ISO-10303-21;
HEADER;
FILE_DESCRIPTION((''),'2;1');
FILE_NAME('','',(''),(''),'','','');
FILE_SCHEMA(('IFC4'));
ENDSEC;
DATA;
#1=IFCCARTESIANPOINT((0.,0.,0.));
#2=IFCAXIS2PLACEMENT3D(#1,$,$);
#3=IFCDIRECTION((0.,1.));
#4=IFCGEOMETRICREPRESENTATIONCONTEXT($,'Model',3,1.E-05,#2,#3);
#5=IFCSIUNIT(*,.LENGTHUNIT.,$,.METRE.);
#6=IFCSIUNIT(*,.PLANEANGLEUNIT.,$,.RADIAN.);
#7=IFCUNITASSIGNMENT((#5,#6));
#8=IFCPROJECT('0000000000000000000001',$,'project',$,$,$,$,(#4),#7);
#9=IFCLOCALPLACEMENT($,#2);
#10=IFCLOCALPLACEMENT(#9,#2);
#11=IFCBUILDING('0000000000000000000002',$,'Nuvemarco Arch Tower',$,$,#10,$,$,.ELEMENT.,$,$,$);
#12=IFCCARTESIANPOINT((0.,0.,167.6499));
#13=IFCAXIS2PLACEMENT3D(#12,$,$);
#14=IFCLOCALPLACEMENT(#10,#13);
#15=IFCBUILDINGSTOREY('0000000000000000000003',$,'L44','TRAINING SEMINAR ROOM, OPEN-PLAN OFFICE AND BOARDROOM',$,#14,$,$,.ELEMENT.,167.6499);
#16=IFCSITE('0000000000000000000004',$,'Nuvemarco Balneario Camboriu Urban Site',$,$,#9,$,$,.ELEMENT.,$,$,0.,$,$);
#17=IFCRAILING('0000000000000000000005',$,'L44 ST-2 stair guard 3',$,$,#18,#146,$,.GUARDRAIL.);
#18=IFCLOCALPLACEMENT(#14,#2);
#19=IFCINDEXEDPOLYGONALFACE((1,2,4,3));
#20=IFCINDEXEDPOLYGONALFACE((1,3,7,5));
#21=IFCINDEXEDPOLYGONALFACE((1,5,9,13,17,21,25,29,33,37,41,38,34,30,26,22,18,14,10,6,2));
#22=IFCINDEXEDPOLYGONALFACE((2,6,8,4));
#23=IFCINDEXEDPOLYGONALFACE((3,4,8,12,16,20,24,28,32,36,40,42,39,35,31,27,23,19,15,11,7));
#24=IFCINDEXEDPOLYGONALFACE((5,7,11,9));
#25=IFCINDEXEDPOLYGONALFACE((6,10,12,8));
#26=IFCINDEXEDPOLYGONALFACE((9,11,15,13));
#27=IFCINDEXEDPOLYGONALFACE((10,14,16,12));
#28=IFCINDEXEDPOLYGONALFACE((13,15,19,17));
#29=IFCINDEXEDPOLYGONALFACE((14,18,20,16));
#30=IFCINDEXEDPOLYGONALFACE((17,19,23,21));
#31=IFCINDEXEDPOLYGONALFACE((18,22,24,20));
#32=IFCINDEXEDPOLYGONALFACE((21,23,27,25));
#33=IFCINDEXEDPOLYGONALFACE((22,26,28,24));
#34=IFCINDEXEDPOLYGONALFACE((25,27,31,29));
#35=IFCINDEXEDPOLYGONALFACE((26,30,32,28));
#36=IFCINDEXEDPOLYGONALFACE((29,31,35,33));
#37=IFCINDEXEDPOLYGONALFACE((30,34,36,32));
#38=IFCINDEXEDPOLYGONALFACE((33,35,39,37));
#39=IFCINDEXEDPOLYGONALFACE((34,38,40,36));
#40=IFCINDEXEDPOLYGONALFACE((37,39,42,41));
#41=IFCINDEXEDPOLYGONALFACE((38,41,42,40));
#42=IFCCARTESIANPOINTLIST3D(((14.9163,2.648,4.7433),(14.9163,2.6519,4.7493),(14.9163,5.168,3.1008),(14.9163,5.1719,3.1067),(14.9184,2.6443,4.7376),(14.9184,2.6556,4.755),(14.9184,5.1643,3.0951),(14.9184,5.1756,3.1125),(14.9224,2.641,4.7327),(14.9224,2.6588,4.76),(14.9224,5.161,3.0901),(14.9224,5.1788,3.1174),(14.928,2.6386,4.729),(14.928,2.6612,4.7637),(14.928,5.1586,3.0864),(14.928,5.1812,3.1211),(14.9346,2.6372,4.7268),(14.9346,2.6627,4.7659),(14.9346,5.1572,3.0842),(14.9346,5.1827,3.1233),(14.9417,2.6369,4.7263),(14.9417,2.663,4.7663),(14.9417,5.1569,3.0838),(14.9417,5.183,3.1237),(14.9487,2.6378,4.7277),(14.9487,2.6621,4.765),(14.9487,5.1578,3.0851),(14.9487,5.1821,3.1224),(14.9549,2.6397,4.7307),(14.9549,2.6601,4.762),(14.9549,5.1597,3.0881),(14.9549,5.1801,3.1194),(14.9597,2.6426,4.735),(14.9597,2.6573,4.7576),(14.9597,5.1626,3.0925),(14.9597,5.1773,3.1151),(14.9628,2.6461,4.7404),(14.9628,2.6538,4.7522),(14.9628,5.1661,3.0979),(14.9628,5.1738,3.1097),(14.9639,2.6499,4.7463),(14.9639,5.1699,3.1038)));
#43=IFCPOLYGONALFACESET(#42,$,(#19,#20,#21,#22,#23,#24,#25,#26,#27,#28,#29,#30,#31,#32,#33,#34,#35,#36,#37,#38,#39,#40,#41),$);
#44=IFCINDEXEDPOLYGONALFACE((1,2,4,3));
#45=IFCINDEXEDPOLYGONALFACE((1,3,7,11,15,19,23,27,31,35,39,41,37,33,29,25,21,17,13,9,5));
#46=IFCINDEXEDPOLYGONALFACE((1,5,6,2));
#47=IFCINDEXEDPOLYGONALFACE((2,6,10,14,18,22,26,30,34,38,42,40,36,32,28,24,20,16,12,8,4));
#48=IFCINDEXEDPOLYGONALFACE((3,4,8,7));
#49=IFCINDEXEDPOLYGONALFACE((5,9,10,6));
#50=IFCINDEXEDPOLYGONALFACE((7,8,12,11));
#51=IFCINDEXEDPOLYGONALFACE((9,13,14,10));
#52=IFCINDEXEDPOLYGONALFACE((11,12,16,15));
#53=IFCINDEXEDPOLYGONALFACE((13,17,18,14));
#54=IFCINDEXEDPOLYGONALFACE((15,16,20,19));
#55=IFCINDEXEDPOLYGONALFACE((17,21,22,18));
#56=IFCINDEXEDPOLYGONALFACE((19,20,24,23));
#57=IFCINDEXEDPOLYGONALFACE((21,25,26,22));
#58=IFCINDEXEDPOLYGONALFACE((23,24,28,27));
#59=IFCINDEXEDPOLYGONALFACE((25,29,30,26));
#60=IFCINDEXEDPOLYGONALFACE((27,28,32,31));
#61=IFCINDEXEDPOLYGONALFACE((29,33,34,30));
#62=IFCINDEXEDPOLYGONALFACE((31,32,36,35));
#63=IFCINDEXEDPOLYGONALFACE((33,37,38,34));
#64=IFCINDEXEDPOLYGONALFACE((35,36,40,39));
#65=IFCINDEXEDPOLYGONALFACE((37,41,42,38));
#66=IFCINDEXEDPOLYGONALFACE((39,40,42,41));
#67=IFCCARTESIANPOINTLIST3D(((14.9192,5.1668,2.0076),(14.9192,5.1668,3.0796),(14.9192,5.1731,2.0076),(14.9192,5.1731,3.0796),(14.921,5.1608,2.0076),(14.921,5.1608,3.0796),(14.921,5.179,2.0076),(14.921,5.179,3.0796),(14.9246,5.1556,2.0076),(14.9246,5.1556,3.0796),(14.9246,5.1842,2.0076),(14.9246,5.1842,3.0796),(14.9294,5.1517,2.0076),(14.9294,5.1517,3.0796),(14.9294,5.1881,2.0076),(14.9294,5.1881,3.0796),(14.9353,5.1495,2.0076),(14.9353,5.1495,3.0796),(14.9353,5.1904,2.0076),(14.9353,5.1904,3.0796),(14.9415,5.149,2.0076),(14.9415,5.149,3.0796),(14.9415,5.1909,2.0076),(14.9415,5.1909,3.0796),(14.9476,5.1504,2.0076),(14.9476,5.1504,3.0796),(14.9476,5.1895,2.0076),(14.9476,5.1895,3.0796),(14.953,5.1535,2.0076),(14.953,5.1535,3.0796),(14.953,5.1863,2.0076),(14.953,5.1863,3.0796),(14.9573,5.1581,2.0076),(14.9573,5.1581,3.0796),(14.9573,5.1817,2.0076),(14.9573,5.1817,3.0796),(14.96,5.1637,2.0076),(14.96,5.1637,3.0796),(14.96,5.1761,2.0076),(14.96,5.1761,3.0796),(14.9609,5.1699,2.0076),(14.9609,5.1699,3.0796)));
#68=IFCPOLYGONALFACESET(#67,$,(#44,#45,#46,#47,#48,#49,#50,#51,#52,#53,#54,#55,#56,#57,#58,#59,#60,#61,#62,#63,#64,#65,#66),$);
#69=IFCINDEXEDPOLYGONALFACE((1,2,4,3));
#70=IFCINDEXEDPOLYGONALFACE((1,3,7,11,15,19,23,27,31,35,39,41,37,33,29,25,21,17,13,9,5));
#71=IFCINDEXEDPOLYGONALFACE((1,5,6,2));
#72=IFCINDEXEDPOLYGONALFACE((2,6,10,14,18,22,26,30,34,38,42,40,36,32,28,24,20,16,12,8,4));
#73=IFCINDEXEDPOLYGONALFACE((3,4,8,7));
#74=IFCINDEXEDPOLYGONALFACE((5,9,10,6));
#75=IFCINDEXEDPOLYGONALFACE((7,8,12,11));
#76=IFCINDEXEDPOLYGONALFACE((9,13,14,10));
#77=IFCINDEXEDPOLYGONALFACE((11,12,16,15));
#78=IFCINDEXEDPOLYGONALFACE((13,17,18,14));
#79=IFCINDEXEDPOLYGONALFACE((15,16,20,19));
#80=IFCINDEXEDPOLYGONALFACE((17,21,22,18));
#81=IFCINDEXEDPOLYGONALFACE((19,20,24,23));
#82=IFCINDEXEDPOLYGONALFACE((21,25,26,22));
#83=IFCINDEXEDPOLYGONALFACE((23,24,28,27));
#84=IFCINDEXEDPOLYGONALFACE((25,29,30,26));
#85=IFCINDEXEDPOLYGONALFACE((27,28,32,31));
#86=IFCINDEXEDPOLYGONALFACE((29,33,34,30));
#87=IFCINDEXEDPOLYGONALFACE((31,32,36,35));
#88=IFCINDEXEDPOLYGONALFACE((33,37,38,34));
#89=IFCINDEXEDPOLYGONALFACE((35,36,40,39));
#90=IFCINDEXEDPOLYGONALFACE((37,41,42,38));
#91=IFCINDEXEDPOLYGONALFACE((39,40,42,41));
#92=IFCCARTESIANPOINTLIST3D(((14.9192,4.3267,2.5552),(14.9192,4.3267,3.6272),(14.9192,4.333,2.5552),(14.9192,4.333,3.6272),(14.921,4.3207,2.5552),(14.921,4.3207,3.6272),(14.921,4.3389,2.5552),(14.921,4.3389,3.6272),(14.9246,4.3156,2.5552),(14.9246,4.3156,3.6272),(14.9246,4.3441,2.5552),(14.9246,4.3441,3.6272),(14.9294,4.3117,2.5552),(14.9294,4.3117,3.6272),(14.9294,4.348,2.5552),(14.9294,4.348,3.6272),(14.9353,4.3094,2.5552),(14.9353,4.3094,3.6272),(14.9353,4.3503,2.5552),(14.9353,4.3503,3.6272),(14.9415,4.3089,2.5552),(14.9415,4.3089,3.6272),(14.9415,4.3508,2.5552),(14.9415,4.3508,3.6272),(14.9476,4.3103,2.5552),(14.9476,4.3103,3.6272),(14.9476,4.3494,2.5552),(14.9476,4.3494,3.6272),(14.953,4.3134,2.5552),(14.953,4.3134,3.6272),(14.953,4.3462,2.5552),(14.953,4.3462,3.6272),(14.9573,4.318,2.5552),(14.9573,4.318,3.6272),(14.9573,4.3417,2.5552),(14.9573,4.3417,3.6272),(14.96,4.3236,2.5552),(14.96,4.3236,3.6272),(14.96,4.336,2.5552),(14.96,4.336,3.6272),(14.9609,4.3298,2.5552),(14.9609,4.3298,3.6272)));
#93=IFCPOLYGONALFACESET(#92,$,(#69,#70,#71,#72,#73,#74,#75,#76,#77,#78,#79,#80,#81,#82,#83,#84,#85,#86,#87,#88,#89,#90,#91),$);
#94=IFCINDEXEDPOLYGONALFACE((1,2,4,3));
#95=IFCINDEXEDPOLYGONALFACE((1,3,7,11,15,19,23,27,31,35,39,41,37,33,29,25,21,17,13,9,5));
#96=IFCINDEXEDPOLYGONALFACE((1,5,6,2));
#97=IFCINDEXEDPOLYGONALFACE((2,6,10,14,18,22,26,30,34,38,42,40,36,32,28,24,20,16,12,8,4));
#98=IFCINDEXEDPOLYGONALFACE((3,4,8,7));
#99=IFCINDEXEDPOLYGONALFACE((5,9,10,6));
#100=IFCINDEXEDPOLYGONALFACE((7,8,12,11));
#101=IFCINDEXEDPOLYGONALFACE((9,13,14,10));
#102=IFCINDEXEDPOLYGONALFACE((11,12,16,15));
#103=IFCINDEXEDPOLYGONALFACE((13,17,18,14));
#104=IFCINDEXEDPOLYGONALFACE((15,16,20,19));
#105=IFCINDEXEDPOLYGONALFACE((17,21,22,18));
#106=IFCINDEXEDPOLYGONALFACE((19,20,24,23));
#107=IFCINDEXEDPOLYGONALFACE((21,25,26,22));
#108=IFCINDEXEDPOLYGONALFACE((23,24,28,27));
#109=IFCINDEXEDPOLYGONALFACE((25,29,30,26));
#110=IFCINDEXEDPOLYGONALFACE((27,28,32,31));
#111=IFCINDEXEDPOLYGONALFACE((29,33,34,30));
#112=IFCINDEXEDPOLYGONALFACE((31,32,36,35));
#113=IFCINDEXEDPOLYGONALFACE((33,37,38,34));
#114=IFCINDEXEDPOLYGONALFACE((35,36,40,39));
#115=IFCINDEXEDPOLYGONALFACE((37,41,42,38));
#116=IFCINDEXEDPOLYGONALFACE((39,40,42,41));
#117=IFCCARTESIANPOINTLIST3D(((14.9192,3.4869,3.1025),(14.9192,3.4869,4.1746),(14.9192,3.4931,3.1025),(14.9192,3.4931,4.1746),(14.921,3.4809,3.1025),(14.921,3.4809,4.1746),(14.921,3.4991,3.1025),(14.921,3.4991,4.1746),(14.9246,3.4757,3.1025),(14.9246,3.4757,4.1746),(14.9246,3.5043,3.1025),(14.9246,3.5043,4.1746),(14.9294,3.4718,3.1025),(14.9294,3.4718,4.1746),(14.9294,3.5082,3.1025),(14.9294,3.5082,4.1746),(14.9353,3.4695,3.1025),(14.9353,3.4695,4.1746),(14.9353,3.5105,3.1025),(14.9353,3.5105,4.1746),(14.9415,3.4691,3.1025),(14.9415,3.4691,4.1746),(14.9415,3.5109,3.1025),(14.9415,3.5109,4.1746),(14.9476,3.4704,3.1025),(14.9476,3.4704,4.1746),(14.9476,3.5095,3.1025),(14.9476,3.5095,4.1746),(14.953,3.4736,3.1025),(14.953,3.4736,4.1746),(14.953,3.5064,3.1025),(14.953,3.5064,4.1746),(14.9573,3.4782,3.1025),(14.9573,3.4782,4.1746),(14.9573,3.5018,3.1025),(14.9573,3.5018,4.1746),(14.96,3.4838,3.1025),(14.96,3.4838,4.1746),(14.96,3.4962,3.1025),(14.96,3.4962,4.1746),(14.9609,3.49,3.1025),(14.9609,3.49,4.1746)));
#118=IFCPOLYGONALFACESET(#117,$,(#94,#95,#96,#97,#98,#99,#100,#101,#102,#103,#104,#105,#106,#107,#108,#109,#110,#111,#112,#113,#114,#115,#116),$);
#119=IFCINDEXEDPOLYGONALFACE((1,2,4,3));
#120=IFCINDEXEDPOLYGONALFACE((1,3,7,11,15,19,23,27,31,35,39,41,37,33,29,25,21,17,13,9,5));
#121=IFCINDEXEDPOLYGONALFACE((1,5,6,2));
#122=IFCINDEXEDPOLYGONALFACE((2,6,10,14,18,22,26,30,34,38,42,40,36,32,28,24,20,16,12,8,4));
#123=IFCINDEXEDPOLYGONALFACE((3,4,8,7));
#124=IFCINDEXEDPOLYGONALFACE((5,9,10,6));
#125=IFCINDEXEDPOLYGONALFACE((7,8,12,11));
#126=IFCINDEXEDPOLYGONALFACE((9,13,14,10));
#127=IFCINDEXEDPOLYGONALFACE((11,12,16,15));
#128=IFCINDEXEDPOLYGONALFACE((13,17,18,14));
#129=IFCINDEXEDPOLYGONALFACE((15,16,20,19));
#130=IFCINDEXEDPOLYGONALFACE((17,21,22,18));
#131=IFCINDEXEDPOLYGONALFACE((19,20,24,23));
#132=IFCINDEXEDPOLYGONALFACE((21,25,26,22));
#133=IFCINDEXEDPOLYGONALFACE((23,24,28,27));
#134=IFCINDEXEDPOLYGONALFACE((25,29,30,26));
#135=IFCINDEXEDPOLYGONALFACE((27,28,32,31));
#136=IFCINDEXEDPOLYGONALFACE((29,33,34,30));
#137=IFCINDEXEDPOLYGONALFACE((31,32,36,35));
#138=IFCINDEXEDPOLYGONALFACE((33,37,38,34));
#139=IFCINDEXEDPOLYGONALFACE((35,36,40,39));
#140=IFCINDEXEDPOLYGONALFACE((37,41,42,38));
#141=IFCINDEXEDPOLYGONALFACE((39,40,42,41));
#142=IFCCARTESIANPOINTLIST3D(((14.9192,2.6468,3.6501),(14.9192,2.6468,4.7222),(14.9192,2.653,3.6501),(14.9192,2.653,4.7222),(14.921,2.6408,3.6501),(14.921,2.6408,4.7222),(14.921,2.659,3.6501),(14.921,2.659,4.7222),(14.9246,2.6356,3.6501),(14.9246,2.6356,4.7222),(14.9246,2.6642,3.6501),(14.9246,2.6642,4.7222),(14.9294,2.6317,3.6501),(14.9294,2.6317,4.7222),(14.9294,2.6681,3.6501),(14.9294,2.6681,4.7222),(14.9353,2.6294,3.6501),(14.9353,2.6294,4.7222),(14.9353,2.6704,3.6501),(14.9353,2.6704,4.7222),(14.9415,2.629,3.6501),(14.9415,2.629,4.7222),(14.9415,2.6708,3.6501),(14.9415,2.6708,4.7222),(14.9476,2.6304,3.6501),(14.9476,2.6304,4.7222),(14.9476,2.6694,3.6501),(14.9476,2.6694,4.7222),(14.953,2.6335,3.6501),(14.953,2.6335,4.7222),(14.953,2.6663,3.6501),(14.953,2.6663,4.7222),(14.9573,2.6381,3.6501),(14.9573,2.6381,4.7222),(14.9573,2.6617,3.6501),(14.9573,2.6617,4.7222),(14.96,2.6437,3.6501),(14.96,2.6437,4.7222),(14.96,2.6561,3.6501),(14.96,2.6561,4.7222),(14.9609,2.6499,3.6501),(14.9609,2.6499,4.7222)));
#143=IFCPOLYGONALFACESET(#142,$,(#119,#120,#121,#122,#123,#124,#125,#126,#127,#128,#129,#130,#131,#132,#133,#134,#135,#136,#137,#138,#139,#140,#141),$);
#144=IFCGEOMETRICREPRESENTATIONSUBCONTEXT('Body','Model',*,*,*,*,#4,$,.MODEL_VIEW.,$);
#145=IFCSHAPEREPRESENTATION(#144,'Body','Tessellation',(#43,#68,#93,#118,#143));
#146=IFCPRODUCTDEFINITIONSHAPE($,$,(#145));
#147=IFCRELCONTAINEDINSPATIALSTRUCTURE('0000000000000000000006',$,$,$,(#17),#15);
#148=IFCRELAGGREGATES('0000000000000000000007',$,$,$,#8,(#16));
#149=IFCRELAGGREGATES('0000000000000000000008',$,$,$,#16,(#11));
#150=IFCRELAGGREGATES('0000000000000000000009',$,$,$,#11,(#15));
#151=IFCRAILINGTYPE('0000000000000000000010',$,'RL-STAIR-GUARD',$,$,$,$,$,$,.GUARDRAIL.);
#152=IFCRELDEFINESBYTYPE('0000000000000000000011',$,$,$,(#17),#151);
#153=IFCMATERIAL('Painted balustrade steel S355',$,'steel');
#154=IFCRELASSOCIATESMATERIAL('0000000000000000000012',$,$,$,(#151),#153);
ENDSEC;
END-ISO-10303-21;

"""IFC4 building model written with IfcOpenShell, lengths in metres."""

from ifc_helpers import new_model, si_unit, direction, frame, origin, origin_2d, place, context, subcontext, project, spatial, circle, extrude, material, type_object, element, save


model = new_model("IFC4")

# Units and contexts
model_context = context("Model", 3, precision=1e-05, world=origin(), true_north=direction((0.0, 1.0)))
body_context = subcontext(model_context, "Body", "Model", "MODEL_VIEW")
ifc_project = project(units=[si_unit("LENGTHUNIT", "METRE"), si_unit("PLANEANGLEUNIT", "RADIAN")], contexts=[model_context])

# Site, building, storey
site_placement = place(None, origin())
site = spatial("IfcSite", under=ifc_project, at=site_placement, Name="Nuvemarco Balneario Camboriu Urban Site", CompositionType="ELEMENT", RefElevation=0.0)
building_placement = place(site_placement, origin())
building = spatial("IfcBuilding", under=site, at=building_placement, Name="Nuvemarco Arch Tower", CompositionType="ELEMENT")
storey_placement = place(building_placement, frame((0.0, 0.0, 167.6499)))
storey = spatial("IfcBuildingStorey", under=building, at=storey_placement, Name="L44", Description="TRAINING SEMINAR ROOM, OPEN-PLAN OFFICE AND BOARDROOM", CompositionType="ELEMENT", Elevation=167.6499)

# Railing
ifc_material_1 = material(Name="Painted balustrade steel S355", Category="steel")
railing_type_1 = type_object("IfcRailingType", Name="RL-STAIR-GUARD", PredefinedType="GUARDRAIL", material=ifc_material_1)
railing_1_placement = place(storey_placement, frame((14.9399, 5.1699, 2.0076)))
element("IfcRailing", 1, at=railing_1_placement, inside=storey, type_object=railing_type_1, Name="L44 ST-2 stair guard 3", PredefinedType="GUARDRAIL", context=body_context, shape_type="SweptSolid", body=[
    extrude(circle(Radius=0.0239, at=origin_2d()), frame((0.0, 0.0, 1.0962), z_axis=(0.0, -0.837749, 0.546055), x_axis=(1.0, 0.0, 0.0)), (0.0, 0.0, 1.0), 3.0081),
    extrude(circle(Radius=0.021, at=origin_2d()), origin(), (0.0, 0.0, 1.0), 1.072),
    extrude(circle(Radius=0.021, at=origin_2d()), frame((0.0, -0.8401, 0.5476)), (0.0, 0.0, 1.0), 1.072),
    extrude(circle(Radius=0.021, at=origin_2d()), frame((0.0, -1.6799, 1.095)), (0.0, 0.0, 1.0), 1.072),
    extrude(circle(Radius=0.021, at=origin_2d()), frame((0.0, -2.52, 1.6426)), (0.0, 0.0, 1.0), 1.072),
])

save(model, "model.ifc")
